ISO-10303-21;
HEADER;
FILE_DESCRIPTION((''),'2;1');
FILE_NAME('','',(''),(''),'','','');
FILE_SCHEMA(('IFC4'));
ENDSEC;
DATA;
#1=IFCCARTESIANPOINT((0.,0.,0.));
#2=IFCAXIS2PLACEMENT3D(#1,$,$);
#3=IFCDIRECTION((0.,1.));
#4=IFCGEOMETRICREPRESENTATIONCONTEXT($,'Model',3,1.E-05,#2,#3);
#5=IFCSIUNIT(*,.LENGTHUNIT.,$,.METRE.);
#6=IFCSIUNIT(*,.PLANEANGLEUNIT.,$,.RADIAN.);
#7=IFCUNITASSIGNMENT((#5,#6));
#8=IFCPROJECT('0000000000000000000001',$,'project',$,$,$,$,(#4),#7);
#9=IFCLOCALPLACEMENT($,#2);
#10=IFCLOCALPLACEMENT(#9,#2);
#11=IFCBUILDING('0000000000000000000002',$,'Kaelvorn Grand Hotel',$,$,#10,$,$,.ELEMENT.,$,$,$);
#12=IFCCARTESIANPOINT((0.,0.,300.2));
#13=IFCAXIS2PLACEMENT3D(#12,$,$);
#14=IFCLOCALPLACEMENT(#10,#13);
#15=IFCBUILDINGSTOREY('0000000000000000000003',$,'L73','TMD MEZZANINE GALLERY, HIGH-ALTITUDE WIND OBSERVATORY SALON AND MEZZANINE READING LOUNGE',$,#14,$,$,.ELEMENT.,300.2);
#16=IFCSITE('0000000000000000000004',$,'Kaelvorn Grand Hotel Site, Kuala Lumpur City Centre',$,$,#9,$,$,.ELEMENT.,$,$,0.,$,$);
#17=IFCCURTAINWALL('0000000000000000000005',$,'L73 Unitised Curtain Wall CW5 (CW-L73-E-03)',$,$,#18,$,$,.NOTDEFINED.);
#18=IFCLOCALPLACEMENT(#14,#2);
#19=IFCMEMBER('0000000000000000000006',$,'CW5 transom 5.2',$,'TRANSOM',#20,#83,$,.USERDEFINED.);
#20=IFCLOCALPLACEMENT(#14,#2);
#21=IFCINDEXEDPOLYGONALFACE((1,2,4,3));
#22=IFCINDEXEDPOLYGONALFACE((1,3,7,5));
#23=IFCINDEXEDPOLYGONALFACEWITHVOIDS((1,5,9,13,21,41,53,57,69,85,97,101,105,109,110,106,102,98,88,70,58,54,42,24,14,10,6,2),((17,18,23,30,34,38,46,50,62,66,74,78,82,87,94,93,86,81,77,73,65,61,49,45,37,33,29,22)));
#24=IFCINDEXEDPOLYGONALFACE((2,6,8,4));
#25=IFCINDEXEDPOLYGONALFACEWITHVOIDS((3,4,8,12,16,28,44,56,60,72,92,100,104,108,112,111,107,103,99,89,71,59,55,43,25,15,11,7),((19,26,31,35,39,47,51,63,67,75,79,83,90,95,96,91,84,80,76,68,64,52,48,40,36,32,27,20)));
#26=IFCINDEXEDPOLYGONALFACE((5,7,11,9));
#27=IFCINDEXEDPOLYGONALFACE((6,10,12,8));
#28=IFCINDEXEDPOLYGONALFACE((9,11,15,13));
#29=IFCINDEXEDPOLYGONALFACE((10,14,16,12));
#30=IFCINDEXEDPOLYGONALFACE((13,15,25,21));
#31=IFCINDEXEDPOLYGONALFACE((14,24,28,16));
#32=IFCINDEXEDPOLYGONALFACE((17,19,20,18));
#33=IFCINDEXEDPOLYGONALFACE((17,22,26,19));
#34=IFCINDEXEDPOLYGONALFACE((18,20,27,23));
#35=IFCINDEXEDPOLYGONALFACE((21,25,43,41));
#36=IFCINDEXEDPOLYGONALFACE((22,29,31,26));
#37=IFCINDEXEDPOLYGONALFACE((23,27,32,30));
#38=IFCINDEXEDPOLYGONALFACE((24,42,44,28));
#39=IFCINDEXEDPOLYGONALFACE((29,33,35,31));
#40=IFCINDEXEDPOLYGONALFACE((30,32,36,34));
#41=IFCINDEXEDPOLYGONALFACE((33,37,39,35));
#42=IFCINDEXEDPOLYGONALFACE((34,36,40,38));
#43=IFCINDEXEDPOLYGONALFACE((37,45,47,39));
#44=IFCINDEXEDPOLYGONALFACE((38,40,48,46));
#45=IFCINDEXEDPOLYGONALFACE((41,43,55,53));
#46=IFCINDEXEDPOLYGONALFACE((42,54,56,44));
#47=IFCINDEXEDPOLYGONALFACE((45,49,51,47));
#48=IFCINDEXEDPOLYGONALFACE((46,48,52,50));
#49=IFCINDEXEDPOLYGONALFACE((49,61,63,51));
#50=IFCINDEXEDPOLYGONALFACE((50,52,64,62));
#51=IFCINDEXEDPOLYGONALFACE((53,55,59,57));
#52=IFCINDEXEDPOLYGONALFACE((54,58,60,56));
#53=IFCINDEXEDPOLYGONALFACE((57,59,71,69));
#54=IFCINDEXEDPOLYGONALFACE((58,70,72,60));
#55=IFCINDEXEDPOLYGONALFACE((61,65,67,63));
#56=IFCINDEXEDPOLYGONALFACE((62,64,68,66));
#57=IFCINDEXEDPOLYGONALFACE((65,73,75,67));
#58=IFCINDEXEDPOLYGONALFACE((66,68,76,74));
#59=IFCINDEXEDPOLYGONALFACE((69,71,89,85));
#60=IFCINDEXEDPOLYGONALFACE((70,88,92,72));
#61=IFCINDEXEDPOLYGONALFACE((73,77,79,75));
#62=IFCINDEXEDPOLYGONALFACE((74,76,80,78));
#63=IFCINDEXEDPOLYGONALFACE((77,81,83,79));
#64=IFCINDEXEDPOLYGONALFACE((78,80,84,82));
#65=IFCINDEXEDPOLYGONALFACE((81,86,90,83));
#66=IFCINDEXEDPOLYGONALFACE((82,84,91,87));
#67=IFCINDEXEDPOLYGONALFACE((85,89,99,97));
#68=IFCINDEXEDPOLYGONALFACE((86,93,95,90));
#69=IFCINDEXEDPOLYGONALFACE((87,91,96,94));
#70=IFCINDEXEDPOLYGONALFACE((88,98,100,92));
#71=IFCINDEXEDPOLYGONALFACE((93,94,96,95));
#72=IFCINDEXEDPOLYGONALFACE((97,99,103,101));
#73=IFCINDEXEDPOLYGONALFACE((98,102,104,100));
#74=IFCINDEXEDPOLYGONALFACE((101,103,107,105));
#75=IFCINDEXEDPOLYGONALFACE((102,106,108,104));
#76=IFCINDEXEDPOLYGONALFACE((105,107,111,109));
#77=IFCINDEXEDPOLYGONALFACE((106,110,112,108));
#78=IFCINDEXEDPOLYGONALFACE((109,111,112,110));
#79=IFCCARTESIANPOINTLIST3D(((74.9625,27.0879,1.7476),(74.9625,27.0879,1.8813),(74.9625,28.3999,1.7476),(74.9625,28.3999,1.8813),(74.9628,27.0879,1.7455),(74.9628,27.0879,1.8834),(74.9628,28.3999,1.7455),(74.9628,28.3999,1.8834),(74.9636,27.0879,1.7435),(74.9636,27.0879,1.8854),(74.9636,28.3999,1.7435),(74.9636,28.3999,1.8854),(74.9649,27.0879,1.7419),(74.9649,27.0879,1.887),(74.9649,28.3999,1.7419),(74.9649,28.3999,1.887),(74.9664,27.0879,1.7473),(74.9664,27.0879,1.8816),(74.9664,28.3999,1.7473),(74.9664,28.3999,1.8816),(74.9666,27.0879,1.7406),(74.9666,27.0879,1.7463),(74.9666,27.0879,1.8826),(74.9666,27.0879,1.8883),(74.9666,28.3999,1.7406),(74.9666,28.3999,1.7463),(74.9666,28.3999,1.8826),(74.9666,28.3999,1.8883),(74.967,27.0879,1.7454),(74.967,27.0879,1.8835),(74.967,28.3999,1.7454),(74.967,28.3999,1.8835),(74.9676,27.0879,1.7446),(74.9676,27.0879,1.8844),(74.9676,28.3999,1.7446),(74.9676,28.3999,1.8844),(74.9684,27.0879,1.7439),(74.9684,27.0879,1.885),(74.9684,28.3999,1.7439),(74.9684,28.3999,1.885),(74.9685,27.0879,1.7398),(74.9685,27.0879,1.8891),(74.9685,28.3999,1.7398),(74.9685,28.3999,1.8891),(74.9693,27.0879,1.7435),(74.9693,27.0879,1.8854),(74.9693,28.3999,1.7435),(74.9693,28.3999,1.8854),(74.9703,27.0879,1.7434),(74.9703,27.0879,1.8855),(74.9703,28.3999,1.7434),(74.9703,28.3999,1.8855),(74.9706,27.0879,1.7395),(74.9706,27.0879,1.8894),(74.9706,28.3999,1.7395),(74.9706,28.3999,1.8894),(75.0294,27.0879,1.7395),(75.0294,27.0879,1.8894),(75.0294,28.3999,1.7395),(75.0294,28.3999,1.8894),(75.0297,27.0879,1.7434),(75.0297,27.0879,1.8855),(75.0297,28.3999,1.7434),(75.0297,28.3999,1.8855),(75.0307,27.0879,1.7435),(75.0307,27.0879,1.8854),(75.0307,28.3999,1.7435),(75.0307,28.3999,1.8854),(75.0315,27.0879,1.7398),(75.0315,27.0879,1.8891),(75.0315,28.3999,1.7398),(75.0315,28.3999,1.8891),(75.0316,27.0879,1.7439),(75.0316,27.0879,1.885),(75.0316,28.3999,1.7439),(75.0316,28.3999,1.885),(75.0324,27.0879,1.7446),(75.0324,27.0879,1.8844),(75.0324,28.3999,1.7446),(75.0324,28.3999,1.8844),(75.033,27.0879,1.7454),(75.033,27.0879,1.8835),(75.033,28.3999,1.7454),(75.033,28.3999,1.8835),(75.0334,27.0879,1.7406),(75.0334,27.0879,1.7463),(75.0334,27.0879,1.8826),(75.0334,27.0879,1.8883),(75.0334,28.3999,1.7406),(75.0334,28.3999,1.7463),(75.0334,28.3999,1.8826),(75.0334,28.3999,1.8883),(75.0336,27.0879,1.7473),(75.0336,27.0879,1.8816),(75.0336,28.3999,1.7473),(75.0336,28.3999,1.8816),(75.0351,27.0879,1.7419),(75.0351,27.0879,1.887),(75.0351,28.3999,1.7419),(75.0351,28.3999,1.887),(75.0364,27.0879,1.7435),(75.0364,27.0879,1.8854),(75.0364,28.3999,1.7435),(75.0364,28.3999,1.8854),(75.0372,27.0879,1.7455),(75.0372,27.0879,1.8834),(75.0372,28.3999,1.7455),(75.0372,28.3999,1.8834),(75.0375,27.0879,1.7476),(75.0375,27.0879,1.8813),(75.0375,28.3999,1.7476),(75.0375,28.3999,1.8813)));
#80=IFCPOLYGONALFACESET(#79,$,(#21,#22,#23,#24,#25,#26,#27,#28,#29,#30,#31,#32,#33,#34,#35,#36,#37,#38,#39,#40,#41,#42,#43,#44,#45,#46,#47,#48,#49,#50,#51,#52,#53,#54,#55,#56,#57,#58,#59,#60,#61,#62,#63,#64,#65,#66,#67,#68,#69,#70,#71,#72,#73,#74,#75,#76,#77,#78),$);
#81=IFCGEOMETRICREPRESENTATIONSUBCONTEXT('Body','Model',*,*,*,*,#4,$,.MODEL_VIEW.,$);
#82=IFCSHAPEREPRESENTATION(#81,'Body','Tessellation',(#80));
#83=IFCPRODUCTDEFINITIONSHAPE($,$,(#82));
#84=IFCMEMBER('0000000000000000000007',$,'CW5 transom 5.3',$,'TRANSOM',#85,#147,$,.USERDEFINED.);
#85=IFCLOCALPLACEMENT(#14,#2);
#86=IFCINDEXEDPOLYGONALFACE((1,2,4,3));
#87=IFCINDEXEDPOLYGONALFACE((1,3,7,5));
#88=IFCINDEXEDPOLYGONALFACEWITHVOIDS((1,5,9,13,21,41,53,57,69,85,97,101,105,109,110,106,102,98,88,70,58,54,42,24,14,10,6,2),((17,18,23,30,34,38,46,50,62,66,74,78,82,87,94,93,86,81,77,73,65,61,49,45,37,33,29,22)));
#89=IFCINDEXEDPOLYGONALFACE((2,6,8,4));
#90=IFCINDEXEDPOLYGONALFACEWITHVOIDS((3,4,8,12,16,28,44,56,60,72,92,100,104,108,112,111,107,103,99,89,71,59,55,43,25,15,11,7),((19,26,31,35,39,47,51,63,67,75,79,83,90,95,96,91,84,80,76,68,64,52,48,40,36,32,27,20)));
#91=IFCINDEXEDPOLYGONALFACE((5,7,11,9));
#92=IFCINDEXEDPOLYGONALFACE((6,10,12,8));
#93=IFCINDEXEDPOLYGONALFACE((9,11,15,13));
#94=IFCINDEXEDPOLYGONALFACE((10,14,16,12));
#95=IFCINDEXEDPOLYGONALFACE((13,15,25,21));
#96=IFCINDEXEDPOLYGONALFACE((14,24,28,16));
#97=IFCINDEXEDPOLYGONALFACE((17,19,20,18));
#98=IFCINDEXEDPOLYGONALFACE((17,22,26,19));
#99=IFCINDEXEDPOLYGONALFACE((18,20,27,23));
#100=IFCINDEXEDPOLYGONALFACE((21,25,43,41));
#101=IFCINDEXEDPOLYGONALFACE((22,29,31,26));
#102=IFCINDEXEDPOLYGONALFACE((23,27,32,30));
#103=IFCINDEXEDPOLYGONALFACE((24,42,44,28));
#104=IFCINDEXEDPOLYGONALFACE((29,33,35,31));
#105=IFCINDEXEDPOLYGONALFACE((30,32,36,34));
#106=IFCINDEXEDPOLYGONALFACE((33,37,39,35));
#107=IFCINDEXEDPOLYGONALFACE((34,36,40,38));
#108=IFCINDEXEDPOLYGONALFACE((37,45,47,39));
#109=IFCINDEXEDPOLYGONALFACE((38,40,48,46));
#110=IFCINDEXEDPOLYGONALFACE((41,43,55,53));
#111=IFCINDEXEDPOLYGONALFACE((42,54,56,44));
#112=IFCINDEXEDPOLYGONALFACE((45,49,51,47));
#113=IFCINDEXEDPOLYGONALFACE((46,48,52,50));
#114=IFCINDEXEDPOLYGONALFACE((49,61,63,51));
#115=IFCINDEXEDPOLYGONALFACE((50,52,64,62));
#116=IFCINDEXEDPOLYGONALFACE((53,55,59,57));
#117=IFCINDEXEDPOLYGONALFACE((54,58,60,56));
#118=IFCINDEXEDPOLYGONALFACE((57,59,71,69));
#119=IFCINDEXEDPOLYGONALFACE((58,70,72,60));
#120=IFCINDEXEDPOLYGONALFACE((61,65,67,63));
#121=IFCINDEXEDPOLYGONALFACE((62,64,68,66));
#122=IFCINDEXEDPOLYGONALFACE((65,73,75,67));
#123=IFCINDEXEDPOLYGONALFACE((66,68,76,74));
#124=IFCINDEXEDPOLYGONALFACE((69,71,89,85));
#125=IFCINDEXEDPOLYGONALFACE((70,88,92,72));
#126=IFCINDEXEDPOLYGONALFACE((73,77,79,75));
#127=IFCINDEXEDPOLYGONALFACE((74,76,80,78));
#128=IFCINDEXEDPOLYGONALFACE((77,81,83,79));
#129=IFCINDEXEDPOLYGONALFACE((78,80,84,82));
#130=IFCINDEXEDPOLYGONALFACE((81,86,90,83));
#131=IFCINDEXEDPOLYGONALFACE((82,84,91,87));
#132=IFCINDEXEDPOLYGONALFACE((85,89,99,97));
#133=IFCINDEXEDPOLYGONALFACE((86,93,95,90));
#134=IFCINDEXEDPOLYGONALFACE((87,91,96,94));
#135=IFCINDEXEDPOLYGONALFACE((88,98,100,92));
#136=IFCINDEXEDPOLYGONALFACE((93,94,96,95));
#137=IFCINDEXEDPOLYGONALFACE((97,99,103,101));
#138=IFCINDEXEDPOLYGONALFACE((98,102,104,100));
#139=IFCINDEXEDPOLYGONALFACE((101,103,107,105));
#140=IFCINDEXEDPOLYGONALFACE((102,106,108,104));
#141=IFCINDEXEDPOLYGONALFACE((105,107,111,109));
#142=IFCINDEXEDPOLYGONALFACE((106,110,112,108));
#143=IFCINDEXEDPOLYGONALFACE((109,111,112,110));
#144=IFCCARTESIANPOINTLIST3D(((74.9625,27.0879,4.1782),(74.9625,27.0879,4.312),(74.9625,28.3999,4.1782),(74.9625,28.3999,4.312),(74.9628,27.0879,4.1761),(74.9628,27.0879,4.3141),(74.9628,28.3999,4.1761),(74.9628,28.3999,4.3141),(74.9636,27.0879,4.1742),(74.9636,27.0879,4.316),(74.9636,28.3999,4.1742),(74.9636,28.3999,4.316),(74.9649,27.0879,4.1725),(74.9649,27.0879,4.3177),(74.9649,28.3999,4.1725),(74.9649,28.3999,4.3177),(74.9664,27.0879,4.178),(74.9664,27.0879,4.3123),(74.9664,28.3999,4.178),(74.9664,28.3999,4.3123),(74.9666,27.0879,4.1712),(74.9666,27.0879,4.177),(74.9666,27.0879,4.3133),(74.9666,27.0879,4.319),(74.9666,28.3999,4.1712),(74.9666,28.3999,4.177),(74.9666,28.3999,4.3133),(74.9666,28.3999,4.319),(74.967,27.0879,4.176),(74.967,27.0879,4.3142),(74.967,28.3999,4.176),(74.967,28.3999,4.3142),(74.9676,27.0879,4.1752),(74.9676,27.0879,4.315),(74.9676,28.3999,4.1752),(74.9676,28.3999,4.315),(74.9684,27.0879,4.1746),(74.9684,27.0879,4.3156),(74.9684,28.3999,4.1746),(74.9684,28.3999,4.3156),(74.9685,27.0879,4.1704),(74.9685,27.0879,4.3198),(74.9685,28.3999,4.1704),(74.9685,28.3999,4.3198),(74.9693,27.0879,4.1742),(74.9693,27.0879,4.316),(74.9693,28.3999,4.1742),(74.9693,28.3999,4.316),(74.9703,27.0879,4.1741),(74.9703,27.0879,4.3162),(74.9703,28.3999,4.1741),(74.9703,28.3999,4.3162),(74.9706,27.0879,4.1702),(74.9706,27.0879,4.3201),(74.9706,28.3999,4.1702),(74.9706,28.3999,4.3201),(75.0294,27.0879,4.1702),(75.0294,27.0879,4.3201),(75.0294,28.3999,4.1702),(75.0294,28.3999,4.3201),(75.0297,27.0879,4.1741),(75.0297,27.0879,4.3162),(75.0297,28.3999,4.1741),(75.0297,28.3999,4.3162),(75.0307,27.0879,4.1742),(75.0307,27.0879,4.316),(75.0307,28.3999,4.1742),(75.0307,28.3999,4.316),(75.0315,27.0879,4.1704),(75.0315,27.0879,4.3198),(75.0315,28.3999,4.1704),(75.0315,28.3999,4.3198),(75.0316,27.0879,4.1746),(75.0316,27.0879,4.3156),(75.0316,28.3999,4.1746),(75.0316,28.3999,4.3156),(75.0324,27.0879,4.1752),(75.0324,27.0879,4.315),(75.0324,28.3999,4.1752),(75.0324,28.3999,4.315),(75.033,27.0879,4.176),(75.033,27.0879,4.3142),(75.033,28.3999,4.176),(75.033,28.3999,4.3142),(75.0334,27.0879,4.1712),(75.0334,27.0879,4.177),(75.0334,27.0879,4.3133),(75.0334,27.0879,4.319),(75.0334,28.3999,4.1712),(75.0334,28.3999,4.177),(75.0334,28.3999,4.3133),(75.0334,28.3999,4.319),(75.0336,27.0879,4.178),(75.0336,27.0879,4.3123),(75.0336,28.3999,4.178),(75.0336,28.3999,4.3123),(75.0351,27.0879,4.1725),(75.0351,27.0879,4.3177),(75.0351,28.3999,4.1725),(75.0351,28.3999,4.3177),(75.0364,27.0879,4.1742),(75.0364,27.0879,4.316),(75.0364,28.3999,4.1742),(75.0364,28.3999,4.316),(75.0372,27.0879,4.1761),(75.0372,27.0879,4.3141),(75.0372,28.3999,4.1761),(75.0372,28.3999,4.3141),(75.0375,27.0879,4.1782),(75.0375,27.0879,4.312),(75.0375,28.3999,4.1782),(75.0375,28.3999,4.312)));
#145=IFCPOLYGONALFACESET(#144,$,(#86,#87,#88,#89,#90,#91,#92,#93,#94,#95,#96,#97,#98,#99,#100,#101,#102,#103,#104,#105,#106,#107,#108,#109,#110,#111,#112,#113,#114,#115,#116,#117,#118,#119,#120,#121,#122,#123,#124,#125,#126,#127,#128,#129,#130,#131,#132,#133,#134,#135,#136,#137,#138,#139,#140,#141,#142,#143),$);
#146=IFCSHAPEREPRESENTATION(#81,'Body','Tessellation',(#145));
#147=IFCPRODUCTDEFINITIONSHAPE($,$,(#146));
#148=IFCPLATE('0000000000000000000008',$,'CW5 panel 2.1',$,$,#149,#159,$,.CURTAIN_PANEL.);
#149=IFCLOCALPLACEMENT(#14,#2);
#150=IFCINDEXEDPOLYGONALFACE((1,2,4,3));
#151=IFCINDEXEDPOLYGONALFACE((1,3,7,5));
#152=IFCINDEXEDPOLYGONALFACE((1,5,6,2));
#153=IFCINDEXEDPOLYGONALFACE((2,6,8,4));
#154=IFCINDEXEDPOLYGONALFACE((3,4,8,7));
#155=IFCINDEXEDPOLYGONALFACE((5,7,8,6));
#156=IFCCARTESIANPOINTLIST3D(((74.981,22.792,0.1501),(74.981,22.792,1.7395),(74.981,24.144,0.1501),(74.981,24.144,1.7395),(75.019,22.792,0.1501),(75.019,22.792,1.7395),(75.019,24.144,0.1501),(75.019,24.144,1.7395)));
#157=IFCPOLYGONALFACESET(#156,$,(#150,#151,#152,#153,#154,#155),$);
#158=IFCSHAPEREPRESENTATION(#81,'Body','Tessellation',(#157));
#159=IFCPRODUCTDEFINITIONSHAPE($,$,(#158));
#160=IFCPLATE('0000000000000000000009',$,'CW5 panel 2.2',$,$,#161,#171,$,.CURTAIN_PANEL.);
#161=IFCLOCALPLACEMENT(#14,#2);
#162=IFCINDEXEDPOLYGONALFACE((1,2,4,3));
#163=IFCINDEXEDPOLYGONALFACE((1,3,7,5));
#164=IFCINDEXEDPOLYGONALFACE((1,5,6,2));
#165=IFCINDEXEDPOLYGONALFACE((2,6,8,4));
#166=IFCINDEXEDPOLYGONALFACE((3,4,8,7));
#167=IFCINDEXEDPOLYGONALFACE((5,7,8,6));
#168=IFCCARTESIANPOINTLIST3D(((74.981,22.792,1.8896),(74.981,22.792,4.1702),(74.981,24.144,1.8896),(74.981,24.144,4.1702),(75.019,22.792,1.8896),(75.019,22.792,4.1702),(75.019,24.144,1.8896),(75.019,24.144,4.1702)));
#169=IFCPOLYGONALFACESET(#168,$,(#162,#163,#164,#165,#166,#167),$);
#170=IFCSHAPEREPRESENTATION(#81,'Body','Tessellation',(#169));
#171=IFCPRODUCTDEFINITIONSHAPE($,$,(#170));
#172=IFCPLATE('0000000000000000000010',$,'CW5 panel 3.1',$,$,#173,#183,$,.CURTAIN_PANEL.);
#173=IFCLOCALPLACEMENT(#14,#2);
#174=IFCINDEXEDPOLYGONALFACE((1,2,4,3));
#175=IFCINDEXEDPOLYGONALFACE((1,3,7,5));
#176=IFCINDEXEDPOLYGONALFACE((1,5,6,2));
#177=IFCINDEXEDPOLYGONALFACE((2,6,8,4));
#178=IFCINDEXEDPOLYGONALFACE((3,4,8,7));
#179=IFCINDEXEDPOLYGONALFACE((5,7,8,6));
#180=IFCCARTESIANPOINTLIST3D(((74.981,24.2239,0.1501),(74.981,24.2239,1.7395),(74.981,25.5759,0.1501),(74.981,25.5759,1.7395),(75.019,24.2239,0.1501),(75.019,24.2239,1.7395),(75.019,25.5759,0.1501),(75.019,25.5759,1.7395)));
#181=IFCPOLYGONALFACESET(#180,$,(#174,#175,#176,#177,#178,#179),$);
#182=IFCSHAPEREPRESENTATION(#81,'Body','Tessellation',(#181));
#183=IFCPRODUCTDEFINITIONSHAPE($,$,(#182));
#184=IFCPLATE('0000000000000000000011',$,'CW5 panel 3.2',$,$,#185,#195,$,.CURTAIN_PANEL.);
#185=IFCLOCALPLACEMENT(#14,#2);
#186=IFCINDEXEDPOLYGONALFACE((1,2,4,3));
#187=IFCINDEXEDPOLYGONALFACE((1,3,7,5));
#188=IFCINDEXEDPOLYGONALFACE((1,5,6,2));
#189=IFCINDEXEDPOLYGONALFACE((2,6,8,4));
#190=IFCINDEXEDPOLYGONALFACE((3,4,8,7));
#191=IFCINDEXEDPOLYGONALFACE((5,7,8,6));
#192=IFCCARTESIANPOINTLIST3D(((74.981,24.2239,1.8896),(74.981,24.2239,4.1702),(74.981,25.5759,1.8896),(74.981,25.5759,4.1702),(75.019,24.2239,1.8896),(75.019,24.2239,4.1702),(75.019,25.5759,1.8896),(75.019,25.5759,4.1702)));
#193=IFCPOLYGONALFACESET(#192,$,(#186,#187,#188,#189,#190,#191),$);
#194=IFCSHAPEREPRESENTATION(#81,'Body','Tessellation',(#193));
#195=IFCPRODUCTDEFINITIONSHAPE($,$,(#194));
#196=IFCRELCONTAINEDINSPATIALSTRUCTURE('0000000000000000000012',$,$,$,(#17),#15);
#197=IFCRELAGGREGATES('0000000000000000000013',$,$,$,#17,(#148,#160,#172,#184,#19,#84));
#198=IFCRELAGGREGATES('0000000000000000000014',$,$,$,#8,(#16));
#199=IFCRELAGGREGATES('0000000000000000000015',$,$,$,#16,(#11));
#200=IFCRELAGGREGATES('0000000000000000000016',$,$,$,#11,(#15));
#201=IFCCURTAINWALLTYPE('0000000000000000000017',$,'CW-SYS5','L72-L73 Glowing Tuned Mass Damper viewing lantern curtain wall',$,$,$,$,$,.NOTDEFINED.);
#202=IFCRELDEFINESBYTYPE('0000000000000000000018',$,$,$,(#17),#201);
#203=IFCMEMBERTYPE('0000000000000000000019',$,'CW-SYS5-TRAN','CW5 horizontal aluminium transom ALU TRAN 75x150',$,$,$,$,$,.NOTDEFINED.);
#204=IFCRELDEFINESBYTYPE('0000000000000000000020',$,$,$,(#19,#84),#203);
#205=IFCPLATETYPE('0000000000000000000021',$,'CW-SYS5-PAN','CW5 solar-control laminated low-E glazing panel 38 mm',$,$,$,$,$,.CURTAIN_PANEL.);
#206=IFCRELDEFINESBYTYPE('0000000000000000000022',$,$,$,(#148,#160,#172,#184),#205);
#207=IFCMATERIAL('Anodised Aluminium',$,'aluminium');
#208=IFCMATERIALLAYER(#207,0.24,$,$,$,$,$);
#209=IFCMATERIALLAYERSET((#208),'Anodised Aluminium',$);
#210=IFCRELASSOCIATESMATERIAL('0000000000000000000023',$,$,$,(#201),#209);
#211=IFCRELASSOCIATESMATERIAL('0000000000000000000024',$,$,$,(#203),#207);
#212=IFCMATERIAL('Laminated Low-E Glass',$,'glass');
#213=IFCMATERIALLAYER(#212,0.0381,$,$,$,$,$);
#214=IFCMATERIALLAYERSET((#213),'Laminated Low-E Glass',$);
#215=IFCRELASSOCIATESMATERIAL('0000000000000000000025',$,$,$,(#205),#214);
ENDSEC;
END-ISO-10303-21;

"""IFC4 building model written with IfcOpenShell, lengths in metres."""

from ifc_helpers import new_model, si_unit, direction, frame, origin, origin_2d, place, context, subcontext, project, spatial, rectangle, hollow_rectangle, extrude, material, layer, layer_set, material_profile, profile_set, type_object, element, aggregate, save


model = new_model("IFC4")

# Units and contexts
model_context = context("Model", 3, precision=1e-05, world=origin(), true_north=direction((0.0, 1.0)))
body_context = subcontext(model_context, "Body", "Model", "MODEL_VIEW")
ifc_project = project(units=[si_unit("LENGTHUNIT", "METRE"), si_unit("PLANEANGLEUNIT", "RADIAN")], contexts=[model_context])

# Site, building, storey
site_placement = place(None, origin())
site = spatial("IfcSite", under=ifc_project, at=site_placement, Name="Kaelvorn Grand Hotel Site, Kuala Lumpur City Centre", CompositionType="ELEMENT", RefElevation=0.0)
building_placement = place(site_placement, origin())
building = spatial("IfcBuilding", under=site, at=building_placement, Name="Kaelvorn Grand Hotel", CompositionType="ELEMENT")
storey_placement = place(building_placement, frame((0.0, 0.0, 300.2)))
storey = spatial("IfcBuildingStorey", under=building, at=storey_placement, Name="L73", Description="TMD MEZZANINE GALLERY, HIGH-ALTITUDE WIND OBSERVATORY SALON AND MEZZANINE READING LOUNGE", CompositionType="ELEMENT", Elevation=300.2)

# Curtain wall, members, plates
ifc_material_1 = material(Name="Anodised Aluminium", Category="aluminium")
ifc_layer_1 = layer(ifc_material_1, 0.24)
ifc_layer_set_1 = layer_set([ifc_layer_1], Name="Anodised Aluminium")
curtain_wall_type = type_object("IfcCurtainWallType", Name="CW-SYS5", Description="L72-L73 Glowing Tuned Mass Damper viewing lantern curtain wall", PredefinedType="NOTDEFINED", material=ifc_layer_set_1)
curtain_wall_placement = place(storey_placement, origin())
curtain_wall = element("IfcCurtainWall", 1, at=curtain_wall_placement, inside=storey, type_object=curtain_wall_type, Name="L73 Unitised Curtain Wall CW5 (CW-L73-E-03)", PredefinedType="NOTDEFINED")
ifc_material_profile_1 = material_profile(ifc_material_1, hollow_rectangle(XDim=0.075, YDim=0.1499, WallThickness=0.0039, InnerFilletRadius=0.0039, OuterFilletRadius=0.0081, at=origin_2d()), Name="ALU TRAN 75x150")
ifc_profile_set_1 = profile_set([ifc_material_profile_1], Name="Anodised Aluminium")
member_type_1 = type_object("IfcMemberType", Name="CW-SYS5-TRAN", Description="CW5 horizontal aluminium transom ALU TRAN 75x150", PredefinedType="NOTDEFINED", material=ifc_profile_set_1)
member_1_placement = place(storey_placement, frame((75.0, 27.0879, 1.8145), z_axis=(0.0, 1.0, 0.0), x_axis=(-1.0, 0.0, 0.0)))
member_1 = element("IfcMember", 2, at=member_1_placement, type_object=member_type_1, Name="CW5 transom 5.2", ObjectType="TRANSOM", PredefinedType="USERDEFINED", context=body_context, shape_type="SweptSolid", body=[
    extrude(hollow_rectangle(XDim=0.075, YDim=0.1499, WallThickness=0.0039, InnerFilletRadius=0.0039, OuterFilletRadius=0.0081, at=origin_2d()), origin(), (0.0, 0.0, 1.0), 1.312),
])
member_2_placement = place(storey_placement, frame((75.0, 27.0879, 4.2451), z_axis=(0.0, 1.0, 0.0), x_axis=(-1.0, 0.0, 0.0)))
member_2 = element("IfcMember", 3, at=member_2_placement, type_object=member_type_1, Name="CW5 transom 5.3", ObjectType="TRANSOM", PredefinedType="USERDEFINED", context=body_context, shape_type="SweptSolid", body=[
    extrude(hollow_rectangle(XDim=0.075, YDim=0.1499, WallThickness=0.0039, InnerFilletRadius=0.0039, OuterFilletRadius=0.0081, at=origin_2d()), origin(), (0.0, 0.0, 1.0), 1.312),
])
ifc_material_2 = material(Name="Laminated Low-E Glass", Category="glass")
ifc_layer_2 = layer(ifc_material_2, 0.0381)
ifc_layer_set_2 = layer_set([ifc_layer_2], Name="Laminated Low-E Glass")
plate_type = type_object("IfcPlateType", Name="CW-SYS5-PAN", Description="CW5 solar-control laminated low-E glazing panel 38 mm", PredefinedType="CURTAIN_PANEL", material=ifc_layer_set_2)
plate_1_placement = place(storey_placement, frame((75.0, 23.468, 0.1501), z_axis=(0.0, 0.0, 1.0), x_axis=(0.0, 1.0, 0.0)))
plate_1 = element("IfcPlate", 4, at=plate_1_placement, type_object=plate_type, Name="CW5 panel 2.1", PredefinedType="CURTAIN_PANEL", context=body_context, shape_type="SweptSolid", body=[
    extrude(rectangle(XDim=1.3521, YDim=0.0381, at=origin_2d()), origin(), (0.0, 0.0, 1.0), 1.5894),
])
plate_2_placement = place(storey_placement, frame((75.0, 23.468, 1.8896), z_axis=(0.0, 0.0, 1.0), x_axis=(0.0, 1.0, 0.0)))
plate_2 = element("IfcPlate", 5, at=plate_2_placement, type_object=plate_type, Name="CW5 panel 2.2", PredefinedType="CURTAIN_PANEL", context=body_context, shape_type="SweptSolid", body=[
    extrude(rectangle(XDim=1.3521, YDim=0.0381, at=origin_2d()), origin(), (0.0, 0.0, 1.0), 2.2805),
])
plate_3_placement = place(storey_placement, frame((75.0, 24.8999, 0.1501), z_axis=(0.0, 0.0, 1.0), x_axis=(0.0, 1.0, 0.0)))
plate_3 = element("IfcPlate", 6, at=plate_3_placement, type_object=plate_type, Name="CW5 panel 3.1", PredefinedType="CURTAIN_PANEL", context=body_context, shape_type="SweptSolid", body=[
    extrude(rectangle(XDim=1.3521, YDim=0.0381, at=origin_2d()), origin(), (0.0, 0.0, 1.0), 1.5894),
])
plate_4_placement = place(storey_placement, frame((75.0, 24.8999, 1.8896), z_axis=(0.0, 0.0, 1.0), x_axis=(0.0, 1.0, 0.0)))
plate_4 = element("IfcPlate", 7, at=plate_4_placement, type_object=plate_type, Name="CW5 panel 3.2", PredefinedType="CURTAIN_PANEL", context=body_context, shape_type="SweptSolid", body=[
    extrude(rectangle(XDim=1.3521, YDim=0.0381, at=origin_2d()), origin(), (0.0, 0.0, 1.0), 2.2805),
])
aggregate(curtain_wall, [plate_1, plate_2, plate_3, plate_4, member_1, member_2])

save(model, "model.ifc")
